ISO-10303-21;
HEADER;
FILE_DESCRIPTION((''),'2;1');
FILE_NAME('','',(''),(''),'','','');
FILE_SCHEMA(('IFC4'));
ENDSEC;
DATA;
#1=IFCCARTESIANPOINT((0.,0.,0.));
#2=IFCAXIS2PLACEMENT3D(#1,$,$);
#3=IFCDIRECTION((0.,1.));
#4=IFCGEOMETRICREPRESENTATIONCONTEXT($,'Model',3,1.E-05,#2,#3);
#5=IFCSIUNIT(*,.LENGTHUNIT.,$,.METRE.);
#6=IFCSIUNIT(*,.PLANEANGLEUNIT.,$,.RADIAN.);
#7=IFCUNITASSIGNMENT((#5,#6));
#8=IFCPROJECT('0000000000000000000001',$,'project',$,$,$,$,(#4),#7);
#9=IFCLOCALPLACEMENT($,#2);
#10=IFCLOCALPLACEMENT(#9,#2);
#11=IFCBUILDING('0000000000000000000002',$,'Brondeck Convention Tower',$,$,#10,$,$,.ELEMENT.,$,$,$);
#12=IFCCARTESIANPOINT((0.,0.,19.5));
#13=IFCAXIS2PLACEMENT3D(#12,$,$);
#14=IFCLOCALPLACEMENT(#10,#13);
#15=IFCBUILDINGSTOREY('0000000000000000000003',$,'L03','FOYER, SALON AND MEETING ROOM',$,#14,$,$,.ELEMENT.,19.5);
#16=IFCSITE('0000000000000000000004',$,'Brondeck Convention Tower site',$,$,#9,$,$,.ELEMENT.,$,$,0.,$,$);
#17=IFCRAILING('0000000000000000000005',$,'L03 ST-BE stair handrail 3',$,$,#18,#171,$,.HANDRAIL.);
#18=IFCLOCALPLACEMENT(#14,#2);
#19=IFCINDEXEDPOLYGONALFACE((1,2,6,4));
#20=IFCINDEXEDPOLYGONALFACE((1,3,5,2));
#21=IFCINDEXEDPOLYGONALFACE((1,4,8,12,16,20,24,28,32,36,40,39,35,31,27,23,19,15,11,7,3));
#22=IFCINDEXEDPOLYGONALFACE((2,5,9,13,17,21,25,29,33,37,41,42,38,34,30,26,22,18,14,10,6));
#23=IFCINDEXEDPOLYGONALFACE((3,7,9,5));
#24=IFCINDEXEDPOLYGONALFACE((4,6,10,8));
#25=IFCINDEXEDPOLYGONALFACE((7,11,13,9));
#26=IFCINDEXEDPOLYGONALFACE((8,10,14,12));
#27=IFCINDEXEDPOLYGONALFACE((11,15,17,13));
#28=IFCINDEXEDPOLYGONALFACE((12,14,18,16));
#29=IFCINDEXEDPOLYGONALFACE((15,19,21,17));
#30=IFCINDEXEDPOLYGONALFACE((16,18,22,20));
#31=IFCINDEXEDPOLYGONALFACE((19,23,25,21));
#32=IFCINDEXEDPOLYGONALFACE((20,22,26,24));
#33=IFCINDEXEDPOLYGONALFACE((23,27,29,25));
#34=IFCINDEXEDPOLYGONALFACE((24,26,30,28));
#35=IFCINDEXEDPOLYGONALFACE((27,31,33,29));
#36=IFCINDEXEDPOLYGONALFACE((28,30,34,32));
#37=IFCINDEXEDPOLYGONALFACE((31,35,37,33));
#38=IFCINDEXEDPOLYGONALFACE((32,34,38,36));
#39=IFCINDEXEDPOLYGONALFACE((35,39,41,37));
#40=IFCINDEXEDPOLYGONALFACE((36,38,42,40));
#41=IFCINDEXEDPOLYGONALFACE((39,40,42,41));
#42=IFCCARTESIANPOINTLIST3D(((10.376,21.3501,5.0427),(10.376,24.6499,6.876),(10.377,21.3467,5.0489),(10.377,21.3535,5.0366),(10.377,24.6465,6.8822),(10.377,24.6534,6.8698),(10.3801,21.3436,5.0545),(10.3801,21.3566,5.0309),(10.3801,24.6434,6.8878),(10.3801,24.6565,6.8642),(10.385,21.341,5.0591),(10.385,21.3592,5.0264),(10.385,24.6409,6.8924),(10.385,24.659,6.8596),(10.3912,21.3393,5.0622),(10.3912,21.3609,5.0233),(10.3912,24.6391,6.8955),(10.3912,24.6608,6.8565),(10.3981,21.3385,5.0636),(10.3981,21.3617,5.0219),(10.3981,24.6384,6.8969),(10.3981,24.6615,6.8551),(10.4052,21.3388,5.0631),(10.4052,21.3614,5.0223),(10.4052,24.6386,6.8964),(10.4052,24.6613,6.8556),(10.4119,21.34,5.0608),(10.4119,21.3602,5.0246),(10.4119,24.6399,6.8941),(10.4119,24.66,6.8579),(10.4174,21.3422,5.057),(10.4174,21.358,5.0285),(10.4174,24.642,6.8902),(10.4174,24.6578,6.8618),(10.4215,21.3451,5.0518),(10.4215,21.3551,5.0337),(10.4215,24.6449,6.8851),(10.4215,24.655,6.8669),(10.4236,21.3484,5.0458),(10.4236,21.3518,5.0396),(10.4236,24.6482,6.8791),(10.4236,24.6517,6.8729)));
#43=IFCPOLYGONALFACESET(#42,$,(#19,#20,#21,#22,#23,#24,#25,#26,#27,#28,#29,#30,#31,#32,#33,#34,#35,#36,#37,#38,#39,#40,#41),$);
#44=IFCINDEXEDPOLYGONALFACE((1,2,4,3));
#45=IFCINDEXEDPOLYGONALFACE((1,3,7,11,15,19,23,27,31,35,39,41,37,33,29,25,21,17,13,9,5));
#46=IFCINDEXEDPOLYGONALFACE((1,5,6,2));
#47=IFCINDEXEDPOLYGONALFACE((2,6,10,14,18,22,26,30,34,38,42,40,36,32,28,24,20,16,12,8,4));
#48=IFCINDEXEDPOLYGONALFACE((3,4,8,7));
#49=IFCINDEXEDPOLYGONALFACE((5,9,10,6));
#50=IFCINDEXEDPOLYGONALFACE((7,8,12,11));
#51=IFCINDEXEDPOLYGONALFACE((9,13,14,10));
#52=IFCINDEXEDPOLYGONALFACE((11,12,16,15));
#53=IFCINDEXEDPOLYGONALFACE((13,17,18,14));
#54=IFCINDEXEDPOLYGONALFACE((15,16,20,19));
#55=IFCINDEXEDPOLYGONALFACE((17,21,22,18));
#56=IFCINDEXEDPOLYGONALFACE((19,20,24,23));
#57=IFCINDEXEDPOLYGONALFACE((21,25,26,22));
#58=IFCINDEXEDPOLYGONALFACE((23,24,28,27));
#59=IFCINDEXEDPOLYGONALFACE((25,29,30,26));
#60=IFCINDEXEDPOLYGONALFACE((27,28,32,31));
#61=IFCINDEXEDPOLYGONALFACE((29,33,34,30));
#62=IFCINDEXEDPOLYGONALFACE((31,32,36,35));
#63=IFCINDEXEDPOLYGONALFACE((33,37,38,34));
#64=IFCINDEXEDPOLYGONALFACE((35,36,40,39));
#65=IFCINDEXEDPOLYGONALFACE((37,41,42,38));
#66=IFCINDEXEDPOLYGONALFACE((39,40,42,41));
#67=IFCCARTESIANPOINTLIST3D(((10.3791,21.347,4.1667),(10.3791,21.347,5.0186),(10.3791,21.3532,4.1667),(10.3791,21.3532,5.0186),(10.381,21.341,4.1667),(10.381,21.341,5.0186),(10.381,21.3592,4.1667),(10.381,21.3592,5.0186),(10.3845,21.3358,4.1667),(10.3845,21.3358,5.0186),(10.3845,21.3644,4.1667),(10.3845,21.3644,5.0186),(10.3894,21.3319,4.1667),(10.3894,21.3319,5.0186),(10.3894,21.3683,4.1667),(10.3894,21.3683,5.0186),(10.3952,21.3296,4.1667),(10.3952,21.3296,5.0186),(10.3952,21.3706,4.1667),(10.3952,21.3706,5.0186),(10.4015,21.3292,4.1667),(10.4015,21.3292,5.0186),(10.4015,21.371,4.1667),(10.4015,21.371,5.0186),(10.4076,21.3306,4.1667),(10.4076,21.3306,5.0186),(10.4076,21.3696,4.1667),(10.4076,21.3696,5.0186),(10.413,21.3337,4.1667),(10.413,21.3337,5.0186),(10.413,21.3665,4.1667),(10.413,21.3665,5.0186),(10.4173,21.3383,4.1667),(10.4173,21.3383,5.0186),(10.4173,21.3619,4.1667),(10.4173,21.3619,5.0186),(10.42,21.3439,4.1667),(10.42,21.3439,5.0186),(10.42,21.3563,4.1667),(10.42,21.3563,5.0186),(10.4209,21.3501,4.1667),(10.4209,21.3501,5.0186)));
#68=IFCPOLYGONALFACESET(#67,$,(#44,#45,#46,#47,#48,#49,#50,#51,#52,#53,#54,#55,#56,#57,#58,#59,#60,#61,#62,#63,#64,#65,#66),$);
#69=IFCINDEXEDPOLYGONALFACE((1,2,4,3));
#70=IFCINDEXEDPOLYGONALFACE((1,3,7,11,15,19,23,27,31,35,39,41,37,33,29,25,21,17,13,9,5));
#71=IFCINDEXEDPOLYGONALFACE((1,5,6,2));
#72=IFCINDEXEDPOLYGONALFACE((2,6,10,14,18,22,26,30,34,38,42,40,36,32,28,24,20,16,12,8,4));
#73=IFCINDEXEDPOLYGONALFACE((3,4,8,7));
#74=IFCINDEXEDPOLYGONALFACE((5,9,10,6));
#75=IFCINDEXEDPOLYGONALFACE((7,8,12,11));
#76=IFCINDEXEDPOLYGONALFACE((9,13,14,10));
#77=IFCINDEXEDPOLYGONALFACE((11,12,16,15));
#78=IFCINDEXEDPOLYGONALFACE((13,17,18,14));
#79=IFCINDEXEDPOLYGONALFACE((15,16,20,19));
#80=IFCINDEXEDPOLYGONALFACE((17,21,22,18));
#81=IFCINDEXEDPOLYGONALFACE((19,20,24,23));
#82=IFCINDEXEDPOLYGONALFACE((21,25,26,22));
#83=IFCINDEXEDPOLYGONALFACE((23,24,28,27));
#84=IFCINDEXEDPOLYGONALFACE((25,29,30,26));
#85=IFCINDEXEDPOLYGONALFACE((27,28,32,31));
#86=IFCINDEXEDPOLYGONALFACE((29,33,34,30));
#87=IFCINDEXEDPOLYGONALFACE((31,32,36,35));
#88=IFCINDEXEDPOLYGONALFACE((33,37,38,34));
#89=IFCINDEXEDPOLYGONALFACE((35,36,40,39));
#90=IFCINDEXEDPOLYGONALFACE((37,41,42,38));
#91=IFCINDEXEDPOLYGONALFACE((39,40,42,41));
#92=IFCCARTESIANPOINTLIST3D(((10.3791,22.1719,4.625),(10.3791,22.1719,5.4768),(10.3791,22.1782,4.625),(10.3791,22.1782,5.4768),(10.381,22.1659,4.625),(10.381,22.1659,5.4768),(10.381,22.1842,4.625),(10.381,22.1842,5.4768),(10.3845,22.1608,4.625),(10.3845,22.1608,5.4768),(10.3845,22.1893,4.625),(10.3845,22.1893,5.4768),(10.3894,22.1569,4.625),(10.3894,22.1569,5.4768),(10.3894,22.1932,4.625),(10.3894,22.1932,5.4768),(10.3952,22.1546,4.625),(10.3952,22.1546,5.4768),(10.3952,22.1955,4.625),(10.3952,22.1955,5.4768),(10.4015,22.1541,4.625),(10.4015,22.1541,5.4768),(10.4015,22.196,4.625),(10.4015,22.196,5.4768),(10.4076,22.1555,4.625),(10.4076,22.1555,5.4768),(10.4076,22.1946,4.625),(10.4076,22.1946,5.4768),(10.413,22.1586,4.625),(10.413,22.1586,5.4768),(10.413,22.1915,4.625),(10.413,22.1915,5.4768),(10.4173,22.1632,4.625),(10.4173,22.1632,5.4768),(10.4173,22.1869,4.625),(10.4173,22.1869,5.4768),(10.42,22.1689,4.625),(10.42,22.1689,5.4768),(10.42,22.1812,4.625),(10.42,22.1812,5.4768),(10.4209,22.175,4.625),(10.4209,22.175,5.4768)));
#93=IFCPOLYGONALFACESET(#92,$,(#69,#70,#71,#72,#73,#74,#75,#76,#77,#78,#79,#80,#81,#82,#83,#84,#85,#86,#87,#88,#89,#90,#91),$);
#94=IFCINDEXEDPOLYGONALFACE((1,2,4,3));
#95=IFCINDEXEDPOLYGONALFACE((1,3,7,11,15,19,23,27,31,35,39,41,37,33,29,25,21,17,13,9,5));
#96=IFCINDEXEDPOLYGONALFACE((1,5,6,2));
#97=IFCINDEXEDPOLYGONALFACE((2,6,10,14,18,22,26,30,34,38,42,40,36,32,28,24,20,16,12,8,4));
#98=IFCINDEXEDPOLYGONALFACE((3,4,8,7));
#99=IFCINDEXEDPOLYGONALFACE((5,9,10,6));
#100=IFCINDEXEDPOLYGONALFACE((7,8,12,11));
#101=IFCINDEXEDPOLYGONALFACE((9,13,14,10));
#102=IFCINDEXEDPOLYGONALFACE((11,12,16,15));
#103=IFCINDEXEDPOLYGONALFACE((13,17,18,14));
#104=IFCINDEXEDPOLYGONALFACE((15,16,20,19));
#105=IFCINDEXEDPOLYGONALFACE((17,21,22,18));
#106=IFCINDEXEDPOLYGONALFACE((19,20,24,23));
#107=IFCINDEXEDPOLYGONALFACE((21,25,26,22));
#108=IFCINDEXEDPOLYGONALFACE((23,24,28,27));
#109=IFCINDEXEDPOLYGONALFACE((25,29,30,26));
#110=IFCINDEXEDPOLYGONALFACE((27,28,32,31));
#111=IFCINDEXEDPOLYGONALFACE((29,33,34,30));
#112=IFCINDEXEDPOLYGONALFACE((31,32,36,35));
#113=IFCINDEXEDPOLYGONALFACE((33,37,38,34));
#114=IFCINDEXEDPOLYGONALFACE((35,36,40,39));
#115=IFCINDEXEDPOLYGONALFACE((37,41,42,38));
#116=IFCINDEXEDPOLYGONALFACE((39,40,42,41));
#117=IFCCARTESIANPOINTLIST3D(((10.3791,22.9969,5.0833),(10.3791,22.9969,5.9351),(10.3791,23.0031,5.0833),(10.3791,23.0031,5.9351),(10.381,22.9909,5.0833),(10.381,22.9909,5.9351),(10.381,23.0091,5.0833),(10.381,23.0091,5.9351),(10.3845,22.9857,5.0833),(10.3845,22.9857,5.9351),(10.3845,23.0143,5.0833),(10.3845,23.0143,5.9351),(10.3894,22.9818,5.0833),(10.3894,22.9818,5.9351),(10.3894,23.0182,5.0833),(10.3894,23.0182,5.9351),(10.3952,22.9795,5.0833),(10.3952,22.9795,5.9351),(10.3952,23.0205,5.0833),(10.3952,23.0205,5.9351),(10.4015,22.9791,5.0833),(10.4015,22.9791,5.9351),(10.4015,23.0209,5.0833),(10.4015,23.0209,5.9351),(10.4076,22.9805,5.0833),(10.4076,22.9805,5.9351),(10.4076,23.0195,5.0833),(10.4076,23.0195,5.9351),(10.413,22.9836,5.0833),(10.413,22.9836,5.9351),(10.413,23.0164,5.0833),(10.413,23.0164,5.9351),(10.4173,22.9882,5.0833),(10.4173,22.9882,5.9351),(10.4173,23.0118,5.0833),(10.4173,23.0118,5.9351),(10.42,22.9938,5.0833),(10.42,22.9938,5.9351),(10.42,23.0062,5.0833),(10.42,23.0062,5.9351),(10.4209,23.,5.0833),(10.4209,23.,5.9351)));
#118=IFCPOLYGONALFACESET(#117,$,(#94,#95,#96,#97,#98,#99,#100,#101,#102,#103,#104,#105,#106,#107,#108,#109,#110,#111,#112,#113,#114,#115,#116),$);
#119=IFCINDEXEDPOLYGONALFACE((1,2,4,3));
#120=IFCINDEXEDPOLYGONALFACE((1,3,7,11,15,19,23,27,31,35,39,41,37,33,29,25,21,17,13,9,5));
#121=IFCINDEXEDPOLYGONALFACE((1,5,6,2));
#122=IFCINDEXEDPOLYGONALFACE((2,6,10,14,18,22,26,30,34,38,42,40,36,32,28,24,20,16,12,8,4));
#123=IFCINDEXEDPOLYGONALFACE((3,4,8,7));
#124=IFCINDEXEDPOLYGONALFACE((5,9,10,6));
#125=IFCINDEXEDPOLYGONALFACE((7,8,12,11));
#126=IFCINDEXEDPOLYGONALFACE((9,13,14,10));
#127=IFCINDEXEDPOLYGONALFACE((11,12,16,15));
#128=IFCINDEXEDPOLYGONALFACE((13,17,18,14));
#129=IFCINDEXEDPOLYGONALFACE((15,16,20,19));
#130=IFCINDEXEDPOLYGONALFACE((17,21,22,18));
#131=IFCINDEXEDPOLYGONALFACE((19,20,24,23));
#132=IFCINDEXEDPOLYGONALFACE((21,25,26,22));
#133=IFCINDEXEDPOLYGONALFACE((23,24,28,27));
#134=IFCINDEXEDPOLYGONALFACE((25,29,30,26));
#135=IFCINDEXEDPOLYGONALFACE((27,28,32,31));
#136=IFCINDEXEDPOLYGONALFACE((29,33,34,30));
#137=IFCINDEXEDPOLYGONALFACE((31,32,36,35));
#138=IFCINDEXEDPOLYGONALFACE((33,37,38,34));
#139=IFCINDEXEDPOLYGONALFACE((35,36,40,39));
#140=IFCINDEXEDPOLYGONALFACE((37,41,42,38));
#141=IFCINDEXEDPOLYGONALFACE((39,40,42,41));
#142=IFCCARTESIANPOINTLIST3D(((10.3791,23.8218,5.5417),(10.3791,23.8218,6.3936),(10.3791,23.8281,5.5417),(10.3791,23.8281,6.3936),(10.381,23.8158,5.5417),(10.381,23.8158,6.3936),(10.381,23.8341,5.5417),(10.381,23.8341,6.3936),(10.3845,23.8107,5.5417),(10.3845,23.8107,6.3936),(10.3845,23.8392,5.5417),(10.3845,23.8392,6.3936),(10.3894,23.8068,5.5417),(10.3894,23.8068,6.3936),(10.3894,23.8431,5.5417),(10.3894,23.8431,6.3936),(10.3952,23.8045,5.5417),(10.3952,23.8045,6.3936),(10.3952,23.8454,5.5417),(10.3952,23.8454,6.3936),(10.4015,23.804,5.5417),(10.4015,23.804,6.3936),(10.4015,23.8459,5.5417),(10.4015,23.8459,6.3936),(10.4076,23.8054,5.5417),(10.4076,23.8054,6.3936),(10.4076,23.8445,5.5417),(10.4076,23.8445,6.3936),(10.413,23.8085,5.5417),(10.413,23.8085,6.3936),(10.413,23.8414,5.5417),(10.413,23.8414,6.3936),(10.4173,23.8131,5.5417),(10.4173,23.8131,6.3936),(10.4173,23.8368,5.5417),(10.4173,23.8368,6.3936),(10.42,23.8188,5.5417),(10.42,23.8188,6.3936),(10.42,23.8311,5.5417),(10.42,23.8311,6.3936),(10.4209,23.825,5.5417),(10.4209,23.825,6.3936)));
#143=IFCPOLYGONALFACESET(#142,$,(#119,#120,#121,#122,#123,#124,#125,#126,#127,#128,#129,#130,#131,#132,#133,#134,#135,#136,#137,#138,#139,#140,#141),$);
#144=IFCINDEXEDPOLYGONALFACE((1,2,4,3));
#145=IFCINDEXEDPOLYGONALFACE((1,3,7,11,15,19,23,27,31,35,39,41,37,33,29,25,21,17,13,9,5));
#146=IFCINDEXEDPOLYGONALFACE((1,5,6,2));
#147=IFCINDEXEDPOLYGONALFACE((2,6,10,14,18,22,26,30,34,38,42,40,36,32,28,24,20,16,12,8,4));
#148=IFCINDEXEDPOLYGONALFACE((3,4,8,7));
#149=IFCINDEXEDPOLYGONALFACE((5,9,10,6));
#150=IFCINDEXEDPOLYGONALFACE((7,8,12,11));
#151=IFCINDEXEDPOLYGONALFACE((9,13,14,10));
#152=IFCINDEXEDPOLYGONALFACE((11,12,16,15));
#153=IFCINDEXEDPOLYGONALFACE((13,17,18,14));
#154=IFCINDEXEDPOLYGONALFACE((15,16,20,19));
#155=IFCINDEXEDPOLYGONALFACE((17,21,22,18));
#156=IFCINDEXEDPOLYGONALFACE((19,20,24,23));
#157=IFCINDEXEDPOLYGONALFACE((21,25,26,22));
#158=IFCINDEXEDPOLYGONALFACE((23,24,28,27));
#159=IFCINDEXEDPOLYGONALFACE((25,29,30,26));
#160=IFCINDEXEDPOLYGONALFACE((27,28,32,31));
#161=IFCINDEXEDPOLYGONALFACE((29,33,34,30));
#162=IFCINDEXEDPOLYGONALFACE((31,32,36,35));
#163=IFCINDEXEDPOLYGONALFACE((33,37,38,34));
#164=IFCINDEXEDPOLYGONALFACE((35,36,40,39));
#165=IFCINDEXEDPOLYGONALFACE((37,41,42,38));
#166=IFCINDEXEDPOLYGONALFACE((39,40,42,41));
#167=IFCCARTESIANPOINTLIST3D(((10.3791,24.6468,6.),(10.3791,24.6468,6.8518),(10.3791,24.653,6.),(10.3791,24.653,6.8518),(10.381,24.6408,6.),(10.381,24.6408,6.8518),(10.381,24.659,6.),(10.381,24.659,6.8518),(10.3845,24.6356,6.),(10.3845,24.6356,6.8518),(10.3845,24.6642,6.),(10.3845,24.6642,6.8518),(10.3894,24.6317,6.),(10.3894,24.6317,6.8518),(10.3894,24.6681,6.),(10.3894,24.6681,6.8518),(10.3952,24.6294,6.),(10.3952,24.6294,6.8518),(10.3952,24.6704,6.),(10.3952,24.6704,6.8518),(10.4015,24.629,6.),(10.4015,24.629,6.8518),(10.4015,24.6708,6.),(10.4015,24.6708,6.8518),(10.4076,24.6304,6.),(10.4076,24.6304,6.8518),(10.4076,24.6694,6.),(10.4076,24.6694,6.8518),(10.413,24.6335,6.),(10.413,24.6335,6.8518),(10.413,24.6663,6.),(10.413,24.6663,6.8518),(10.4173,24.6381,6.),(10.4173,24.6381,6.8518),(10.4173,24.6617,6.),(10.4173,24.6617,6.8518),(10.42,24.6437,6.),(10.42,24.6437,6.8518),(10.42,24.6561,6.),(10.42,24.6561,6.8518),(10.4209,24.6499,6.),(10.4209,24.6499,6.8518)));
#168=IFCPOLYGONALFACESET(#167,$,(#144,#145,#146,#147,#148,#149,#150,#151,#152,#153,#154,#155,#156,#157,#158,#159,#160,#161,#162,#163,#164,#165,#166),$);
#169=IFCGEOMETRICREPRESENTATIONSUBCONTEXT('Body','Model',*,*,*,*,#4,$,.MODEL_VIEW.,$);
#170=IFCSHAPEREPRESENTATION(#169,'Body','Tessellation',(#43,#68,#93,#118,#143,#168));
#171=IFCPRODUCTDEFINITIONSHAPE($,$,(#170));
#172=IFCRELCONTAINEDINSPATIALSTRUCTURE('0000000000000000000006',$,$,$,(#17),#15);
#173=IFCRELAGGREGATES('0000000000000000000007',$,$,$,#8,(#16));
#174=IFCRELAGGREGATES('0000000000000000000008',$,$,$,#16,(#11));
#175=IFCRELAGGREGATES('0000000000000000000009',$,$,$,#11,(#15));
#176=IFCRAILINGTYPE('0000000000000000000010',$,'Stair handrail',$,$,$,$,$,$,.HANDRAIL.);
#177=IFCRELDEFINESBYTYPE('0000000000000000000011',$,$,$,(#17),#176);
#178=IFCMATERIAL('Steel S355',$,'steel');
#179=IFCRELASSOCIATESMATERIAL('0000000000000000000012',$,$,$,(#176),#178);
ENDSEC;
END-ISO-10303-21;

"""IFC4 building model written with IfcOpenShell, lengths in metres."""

from ifc_helpers import new_model, si_unit, direction, frame, origin, origin_2d, place, context, subcontext, project, spatial, circle, extrude, material, type_object, element, save


model = new_model("IFC4")

# Units and contexts
model_context = context("Model", 3, precision=1e-05, world=origin(), true_north=direction((0.0, 1.0)))
body_context = subcontext(model_context, "Body", "Model", "MODEL_VIEW")
ifc_project = project(units=[si_unit("LENGTHUNIT", "METRE"), si_unit("PLANEANGLEUNIT", "RADIAN")], contexts=[model_context])

# Site, building, storey
site_placement = place(None, origin())
site = spatial("IfcSite", under=ifc_project, at=site_placement, Name="Brondeck Convention Tower site", CompositionType="ELEMENT", RefElevation=0.0)
building_placement = place(site_placement, origin())
building = spatial("IfcBuilding", under=site, at=building_placement, Name="Brondeck Convention Tower", CompositionType="ELEMENT")
storey_placement = place(building_placement, frame((0.0, 0.0, 19.5)))
storey = spatial("IfcBuildingStorey", under=building, at=storey_placement, Name="L03", Description="FOYER, SALON AND MEETING ROOM", CompositionType="ELEMENT", Elevation=19.5)

# Shared definitions
ifc_material_1 = material(Name="Steel S355", Category="steel")

# Railing
railing_type_1 = type_object("IfcRailingType", Name="Stair handrail", PredefinedType="HANDRAIL", material=ifc_material_1)
railing_1_placement = place(storey_placement, frame((10.3999, 21.3501, 4.1667)))
element("IfcRailing", 1, at=railing_1_placement, inside=storey, type_object=railing_type_1, Name="L03 ST-BE stair handrail 3", PredefinedType="HANDRAIL", context=body_context, shape_type="SweptSolid", body=[
    extrude(circle(Radius=0.0239, at=origin_2d()), frame((0.0, 0.0, 0.876), z_axis=(0.0, 0.874154, 0.485648), x_axis=(-1.0, 0.0, 0.0)), (0.0, 0.0, 1.0), 3.7749),
    extrude(circle(Radius=0.021, at=origin_2d()), origin(), (0.0, 0.0, 1.0), 0.8518),
    extrude(circle(Radius=0.021, at=origin_2d()), frame((0.0, 0.825, 0.4583)), (0.0, 0.0, 1.0), 0.8518),
    extrude(circle(Radius=0.021, at=origin_2d()), frame((0.0, 1.6499, 0.9165)), (0.0, 0.0, 1.0), 0.8518),
    extrude(circle(Radius=0.021, at=origin_2d()), frame((0.0, 2.4749, 1.375)), (0.0, 0.0, 1.0), 0.8518),
    extrude(circle(Radius=0.021, at=origin_2d()), frame((0.0, 3.2998, 1.8333)), (0.0, 0.0, 1.0), 0.8518),
])

save(model, "model.ifc")
